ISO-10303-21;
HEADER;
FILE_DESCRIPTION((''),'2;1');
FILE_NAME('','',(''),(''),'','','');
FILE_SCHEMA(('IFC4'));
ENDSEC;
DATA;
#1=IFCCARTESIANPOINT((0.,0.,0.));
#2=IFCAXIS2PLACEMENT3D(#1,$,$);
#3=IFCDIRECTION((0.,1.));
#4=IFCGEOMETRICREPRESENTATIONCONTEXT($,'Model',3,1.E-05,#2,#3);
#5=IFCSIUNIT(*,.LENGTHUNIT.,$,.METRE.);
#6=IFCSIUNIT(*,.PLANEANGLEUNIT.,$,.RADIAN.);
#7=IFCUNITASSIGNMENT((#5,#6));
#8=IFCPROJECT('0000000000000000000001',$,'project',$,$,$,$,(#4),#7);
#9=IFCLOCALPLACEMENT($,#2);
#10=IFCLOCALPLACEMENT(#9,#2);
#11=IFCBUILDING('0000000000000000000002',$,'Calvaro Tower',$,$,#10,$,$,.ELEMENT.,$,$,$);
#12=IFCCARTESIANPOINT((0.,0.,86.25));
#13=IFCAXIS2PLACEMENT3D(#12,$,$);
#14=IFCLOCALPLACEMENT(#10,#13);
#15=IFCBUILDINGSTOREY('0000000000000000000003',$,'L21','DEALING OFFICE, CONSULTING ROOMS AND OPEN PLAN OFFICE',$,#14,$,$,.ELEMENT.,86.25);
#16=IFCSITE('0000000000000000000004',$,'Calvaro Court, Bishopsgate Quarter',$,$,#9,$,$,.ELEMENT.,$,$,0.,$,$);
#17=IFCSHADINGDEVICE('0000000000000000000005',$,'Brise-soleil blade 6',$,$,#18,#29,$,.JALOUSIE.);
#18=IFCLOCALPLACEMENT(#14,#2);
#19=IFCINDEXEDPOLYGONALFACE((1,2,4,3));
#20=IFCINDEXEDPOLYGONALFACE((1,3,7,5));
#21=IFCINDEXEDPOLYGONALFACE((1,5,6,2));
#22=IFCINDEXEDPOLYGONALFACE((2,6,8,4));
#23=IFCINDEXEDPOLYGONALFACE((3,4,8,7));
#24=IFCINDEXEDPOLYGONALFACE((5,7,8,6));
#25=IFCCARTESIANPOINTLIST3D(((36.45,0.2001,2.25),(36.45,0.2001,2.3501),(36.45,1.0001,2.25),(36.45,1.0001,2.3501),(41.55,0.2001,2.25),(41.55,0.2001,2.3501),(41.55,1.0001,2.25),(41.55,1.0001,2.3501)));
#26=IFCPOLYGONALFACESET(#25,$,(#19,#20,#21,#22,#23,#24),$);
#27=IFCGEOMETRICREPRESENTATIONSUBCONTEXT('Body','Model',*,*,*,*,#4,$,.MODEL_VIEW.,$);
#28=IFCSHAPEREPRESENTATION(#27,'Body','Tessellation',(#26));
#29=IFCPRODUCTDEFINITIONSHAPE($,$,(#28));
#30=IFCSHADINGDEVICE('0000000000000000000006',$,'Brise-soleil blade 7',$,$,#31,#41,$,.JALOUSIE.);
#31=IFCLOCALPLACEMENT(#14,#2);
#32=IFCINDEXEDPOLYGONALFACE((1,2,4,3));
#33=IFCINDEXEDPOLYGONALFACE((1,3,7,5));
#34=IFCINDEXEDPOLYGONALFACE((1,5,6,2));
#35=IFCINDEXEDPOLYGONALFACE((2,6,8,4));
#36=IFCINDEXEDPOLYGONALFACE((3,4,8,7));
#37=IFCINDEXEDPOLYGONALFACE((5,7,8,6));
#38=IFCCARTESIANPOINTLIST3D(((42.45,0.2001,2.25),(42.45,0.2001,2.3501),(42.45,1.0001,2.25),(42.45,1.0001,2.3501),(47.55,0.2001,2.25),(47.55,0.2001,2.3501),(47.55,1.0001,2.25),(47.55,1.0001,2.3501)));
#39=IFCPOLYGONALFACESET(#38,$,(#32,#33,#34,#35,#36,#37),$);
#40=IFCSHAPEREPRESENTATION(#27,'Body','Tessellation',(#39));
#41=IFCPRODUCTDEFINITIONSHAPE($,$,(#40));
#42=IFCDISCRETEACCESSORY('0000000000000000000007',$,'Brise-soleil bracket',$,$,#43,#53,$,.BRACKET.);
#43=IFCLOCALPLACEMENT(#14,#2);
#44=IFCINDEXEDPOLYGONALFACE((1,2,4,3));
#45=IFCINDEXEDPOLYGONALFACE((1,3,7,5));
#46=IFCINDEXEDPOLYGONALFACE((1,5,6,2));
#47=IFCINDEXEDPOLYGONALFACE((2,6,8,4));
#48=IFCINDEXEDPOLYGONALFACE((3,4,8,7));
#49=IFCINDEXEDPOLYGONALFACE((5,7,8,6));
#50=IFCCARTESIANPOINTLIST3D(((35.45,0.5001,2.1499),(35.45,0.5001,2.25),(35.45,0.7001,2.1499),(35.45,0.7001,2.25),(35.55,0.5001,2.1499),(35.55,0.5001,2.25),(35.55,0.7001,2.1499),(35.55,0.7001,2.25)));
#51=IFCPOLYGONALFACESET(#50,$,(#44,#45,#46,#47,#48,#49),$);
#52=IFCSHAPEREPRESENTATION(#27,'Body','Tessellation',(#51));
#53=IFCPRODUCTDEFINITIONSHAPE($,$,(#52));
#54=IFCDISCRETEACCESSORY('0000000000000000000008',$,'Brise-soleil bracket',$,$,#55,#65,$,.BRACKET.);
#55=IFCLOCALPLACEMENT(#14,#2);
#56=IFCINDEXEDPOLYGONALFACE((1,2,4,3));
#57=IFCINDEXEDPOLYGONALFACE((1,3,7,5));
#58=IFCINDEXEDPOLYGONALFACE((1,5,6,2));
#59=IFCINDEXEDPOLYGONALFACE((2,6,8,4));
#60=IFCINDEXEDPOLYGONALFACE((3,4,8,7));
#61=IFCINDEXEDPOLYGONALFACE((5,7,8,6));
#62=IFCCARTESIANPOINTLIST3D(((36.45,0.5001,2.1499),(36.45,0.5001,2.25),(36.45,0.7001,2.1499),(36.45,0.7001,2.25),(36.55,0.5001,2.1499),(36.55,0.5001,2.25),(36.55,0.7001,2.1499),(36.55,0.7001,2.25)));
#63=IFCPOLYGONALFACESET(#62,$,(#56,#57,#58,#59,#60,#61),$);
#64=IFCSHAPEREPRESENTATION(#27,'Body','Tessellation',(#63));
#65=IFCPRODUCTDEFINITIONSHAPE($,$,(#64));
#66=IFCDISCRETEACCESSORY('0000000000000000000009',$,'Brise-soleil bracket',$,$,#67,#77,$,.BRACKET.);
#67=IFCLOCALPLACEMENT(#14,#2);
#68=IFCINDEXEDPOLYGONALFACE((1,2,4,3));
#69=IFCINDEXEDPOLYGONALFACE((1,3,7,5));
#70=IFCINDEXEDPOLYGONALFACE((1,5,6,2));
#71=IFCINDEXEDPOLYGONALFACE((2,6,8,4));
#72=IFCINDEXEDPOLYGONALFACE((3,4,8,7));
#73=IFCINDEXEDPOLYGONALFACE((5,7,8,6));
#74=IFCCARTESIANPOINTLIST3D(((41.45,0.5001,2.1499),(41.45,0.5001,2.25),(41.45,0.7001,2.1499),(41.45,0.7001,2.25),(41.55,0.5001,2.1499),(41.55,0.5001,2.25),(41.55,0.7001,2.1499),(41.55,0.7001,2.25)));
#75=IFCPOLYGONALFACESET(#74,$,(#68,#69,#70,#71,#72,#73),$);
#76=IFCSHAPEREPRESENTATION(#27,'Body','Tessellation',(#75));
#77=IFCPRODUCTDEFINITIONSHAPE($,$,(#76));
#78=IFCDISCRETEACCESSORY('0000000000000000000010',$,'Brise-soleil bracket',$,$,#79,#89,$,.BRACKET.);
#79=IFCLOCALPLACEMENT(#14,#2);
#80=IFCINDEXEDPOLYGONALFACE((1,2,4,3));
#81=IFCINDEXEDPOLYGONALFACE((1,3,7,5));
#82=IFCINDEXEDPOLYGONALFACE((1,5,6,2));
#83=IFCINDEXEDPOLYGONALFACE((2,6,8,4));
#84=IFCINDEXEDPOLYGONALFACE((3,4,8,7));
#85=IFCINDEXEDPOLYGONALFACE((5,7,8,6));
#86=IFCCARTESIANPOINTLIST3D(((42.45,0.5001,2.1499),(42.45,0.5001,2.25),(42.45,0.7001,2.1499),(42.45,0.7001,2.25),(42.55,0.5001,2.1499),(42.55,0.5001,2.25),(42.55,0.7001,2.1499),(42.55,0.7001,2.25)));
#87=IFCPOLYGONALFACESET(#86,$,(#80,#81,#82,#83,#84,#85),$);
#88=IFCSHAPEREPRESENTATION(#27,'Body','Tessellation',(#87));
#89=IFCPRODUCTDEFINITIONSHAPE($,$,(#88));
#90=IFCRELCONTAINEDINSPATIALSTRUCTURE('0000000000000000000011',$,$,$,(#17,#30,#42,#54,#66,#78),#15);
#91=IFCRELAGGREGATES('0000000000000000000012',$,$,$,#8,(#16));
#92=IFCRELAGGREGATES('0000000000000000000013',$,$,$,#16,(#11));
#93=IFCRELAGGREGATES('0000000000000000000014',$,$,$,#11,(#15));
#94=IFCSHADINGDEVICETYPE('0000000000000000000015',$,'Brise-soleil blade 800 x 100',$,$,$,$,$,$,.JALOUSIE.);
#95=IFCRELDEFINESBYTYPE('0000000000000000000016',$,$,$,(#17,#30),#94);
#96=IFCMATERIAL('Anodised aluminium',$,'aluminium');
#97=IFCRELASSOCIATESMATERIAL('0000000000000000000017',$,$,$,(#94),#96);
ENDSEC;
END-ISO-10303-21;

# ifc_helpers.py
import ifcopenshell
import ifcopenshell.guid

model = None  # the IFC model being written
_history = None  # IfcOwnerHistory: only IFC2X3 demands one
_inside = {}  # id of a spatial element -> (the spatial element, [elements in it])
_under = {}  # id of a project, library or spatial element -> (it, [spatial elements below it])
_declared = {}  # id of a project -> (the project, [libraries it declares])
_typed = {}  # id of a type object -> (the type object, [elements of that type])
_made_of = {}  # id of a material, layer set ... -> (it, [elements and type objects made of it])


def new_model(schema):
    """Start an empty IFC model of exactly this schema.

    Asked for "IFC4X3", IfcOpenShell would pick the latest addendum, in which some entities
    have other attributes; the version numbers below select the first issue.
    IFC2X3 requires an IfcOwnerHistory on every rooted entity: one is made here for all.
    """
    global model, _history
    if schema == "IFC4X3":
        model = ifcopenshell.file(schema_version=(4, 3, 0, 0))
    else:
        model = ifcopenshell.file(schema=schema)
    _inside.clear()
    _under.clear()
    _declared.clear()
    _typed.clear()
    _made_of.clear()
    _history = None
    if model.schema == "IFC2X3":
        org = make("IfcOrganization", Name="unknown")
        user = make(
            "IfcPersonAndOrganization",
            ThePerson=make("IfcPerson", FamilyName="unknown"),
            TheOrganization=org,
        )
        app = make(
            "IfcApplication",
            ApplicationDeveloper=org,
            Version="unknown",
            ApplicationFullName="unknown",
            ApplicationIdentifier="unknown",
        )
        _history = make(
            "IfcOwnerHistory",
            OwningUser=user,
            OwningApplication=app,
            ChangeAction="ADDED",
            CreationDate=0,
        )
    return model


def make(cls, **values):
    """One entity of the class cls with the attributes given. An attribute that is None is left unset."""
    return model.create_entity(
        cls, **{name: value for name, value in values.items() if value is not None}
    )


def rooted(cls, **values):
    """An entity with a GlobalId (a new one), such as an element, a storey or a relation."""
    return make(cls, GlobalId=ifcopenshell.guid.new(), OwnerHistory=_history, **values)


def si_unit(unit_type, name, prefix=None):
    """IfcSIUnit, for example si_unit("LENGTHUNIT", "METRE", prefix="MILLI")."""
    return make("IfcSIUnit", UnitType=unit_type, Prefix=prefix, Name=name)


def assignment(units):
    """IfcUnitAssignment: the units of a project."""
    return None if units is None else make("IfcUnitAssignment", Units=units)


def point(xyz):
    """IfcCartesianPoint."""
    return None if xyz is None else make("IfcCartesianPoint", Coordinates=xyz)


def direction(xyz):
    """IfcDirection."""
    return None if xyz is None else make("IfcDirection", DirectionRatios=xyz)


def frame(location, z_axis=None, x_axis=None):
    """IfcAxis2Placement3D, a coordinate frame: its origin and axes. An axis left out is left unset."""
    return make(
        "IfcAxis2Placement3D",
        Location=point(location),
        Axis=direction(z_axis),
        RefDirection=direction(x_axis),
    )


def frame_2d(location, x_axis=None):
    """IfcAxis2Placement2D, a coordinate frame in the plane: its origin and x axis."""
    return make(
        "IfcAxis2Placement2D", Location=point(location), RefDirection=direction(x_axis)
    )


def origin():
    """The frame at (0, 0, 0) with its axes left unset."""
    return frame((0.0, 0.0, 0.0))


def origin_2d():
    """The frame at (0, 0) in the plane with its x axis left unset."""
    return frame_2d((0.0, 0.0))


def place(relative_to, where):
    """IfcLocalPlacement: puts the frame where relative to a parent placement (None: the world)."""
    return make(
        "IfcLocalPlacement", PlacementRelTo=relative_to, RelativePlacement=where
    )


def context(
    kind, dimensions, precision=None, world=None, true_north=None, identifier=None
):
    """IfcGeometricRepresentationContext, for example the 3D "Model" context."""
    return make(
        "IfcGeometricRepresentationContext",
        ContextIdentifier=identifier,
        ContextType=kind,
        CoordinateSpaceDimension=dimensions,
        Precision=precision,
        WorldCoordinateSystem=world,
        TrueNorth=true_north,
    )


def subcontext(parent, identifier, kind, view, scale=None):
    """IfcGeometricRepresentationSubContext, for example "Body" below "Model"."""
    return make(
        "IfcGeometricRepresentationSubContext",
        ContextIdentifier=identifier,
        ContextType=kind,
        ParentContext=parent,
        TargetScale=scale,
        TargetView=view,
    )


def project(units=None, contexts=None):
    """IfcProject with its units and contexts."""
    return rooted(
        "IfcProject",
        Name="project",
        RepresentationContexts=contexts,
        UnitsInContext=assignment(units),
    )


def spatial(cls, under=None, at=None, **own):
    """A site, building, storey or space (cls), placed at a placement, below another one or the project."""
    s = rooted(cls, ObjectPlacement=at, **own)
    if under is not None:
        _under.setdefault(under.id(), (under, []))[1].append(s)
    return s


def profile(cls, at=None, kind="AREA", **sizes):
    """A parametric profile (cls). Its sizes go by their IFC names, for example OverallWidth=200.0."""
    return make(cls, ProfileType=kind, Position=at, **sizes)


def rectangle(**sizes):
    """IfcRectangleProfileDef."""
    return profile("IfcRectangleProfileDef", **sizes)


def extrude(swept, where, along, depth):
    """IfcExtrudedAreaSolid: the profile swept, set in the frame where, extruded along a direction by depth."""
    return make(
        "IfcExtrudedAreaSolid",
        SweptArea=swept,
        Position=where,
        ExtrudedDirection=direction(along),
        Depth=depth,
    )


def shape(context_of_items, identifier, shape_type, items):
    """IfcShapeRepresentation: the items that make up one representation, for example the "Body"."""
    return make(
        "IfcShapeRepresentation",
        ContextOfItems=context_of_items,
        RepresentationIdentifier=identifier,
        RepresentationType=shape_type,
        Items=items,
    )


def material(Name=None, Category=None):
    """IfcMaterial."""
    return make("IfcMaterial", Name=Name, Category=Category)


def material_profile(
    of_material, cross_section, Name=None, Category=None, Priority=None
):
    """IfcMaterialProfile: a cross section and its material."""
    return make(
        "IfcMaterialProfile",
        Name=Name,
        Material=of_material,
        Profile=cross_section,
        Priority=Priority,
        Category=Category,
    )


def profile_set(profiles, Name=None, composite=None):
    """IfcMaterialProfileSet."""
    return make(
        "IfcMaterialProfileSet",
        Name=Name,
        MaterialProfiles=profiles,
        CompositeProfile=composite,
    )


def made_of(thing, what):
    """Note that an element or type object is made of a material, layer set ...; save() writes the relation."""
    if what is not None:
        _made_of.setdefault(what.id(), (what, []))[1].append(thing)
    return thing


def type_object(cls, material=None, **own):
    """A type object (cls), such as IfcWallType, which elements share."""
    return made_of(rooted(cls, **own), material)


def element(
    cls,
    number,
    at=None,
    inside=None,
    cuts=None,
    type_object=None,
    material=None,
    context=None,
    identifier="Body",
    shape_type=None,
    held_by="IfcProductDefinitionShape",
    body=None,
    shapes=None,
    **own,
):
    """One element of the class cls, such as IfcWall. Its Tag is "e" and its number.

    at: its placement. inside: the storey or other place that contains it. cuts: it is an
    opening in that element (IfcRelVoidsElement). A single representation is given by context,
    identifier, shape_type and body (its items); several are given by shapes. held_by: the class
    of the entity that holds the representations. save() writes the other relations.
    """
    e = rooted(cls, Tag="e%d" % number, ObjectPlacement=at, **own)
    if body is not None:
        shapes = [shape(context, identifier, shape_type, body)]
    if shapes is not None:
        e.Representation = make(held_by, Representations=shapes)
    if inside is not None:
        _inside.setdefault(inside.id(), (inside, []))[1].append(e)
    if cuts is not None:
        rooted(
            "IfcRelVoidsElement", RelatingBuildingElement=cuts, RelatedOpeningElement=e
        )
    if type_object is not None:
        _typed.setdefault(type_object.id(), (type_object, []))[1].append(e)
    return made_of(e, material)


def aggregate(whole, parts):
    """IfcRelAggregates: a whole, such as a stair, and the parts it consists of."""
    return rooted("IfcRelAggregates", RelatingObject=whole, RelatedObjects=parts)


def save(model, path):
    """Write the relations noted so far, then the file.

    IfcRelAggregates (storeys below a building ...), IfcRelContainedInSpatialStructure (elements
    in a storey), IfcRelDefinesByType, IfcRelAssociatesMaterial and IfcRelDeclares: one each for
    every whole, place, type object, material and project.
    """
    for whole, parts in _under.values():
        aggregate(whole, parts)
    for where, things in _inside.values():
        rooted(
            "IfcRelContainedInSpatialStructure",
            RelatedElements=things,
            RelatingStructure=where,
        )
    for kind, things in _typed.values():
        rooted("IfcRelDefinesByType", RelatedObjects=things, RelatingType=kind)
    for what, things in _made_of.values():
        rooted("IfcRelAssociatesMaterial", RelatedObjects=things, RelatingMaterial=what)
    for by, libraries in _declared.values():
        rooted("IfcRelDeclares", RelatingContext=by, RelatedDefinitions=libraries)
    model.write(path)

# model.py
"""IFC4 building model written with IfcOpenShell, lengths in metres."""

from ifc_helpers import new_model, si_unit, direction, frame, origin, origin_2d, place, context, subcontext, project, spatial, rectangle, extrude, material, material_profile, profile_set, type_object, element, save


model = new_model("IFC4")

# Units and contexts
model_context = context("Model", 3, precision=1e-05, world=origin(), true_north=direction((0.0, 1.0)))
body_context = subcontext(model_context, "Body", "Model", "MODEL_VIEW")
ifc_project = project(units=[si_unit("LENGTHUNIT", "METRE"), si_unit("PLANEANGLEUNIT", "RADIAN")], contexts=[model_context])

# Site, building, storey
site_placement = place(None, origin())
site = spatial("IfcSite", under=ifc_project, at=site_placement, Name="Calvaro Court, Bishopsgate Quarter", CompositionType="ELEMENT", RefElevation=0.0)
building_placement = place(site_placement, origin())
building = spatial("IfcBuilding", under=site, at=building_placement, Name="Calvaro Tower", CompositionType="ELEMENT")
storey_placement = place(building_placement, frame((0.0, 0.0, 86.25)))
storey = spatial("IfcBuildingStorey", under=building, at=storey_placement, Name="L21", Description="DEALING OFFICE, CONSULTING ROOMS AND OPEN PLAN OFFICE", CompositionType="ELEMENT", Elevation=86.25)

# Shading devices
ifc_material_1 = material(Name="Anodised aluminium", Category="aluminium")
ifc_material_profile_1 = material_profile(ifc_material_1, rectangle(XDim=0.8, YDim=0.1001, at=origin_2d()), Name="Brise-soleil blade 800 x 100")
ifc_profile_set_1 = profile_set([ifc_material_profile_1], Name="Anodised aluminium")
shading_device_type = type_object("IfcShadingDeviceType", Name="Brise-soleil blade 800 x 100", PredefinedType="JALOUSIE", material=ifc_profile_set_1)
for number, where, z_axis, x_axis, name in (
    (1, (36.45, 0.6001, 2.3), (1.0, 0.0, 0.0), (0.0, 1.0, 0.0), "Brise-soleil blade 6"),
    (2, (42.45, 0.6001, 2.3), (1.0, 0.0, 0.0), (0.0, 1.0, 0.0), "Brise-soleil blade 7"),
):
    element("IfcShadingDevice", number, at=place(storey_placement, frame(where, z_axis=z_axis, x_axis=x_axis)), inside=storey, type_object=shading_device_type, Name=name, PredefinedType="JALOUSIE", context=body_context, shape_type="SweptSolid", body=[
        extrude(rectangle(XDim=0.8, YDim=0.1001, at=origin_2d()), origin(), (0.0, 0.0, 1.0), 5.1001),
    ])

# Discrete accessories
for number, where, z_axis, x_axis, name in (
    (3, (35.5, 0.6001, 2.1499), (0.0, 0.0, 1.0), (1.0, 0.0, 0.0), "Brise-soleil bracket"),
    (4, (36.5, 0.6001, 2.1499), (0.0, 0.0, 1.0), (1.0, 0.0, 0.0), "Brise-soleil bracket"),
    (5, (41.5, 0.6001, 2.1499), (0.0, 0.0, 1.0), (1.0, 0.0, 0.0), "Brise-soleil bracket"),
    (6, (42.5, 0.6001, 2.1499), (0.0, 0.0, 1.0), (1.0, 0.0, 0.0), "Brise-soleil bracket"),
):
    element("IfcDiscreteAccessory", number, at=place(storey_placement, frame(where, z_axis=z_axis, x_axis=x_axis)), inside=storey, Name=name, PredefinedType="BRACKET", context=body_context, shape_type="SweptSolid", body=[
        extrude(rectangle(XDim=0.1001, YDim=0.2, at=origin_2d()), origin(), (0.0, 0.0, 1.0), 0.1001),
    ])

save(model, "model.ifc")
